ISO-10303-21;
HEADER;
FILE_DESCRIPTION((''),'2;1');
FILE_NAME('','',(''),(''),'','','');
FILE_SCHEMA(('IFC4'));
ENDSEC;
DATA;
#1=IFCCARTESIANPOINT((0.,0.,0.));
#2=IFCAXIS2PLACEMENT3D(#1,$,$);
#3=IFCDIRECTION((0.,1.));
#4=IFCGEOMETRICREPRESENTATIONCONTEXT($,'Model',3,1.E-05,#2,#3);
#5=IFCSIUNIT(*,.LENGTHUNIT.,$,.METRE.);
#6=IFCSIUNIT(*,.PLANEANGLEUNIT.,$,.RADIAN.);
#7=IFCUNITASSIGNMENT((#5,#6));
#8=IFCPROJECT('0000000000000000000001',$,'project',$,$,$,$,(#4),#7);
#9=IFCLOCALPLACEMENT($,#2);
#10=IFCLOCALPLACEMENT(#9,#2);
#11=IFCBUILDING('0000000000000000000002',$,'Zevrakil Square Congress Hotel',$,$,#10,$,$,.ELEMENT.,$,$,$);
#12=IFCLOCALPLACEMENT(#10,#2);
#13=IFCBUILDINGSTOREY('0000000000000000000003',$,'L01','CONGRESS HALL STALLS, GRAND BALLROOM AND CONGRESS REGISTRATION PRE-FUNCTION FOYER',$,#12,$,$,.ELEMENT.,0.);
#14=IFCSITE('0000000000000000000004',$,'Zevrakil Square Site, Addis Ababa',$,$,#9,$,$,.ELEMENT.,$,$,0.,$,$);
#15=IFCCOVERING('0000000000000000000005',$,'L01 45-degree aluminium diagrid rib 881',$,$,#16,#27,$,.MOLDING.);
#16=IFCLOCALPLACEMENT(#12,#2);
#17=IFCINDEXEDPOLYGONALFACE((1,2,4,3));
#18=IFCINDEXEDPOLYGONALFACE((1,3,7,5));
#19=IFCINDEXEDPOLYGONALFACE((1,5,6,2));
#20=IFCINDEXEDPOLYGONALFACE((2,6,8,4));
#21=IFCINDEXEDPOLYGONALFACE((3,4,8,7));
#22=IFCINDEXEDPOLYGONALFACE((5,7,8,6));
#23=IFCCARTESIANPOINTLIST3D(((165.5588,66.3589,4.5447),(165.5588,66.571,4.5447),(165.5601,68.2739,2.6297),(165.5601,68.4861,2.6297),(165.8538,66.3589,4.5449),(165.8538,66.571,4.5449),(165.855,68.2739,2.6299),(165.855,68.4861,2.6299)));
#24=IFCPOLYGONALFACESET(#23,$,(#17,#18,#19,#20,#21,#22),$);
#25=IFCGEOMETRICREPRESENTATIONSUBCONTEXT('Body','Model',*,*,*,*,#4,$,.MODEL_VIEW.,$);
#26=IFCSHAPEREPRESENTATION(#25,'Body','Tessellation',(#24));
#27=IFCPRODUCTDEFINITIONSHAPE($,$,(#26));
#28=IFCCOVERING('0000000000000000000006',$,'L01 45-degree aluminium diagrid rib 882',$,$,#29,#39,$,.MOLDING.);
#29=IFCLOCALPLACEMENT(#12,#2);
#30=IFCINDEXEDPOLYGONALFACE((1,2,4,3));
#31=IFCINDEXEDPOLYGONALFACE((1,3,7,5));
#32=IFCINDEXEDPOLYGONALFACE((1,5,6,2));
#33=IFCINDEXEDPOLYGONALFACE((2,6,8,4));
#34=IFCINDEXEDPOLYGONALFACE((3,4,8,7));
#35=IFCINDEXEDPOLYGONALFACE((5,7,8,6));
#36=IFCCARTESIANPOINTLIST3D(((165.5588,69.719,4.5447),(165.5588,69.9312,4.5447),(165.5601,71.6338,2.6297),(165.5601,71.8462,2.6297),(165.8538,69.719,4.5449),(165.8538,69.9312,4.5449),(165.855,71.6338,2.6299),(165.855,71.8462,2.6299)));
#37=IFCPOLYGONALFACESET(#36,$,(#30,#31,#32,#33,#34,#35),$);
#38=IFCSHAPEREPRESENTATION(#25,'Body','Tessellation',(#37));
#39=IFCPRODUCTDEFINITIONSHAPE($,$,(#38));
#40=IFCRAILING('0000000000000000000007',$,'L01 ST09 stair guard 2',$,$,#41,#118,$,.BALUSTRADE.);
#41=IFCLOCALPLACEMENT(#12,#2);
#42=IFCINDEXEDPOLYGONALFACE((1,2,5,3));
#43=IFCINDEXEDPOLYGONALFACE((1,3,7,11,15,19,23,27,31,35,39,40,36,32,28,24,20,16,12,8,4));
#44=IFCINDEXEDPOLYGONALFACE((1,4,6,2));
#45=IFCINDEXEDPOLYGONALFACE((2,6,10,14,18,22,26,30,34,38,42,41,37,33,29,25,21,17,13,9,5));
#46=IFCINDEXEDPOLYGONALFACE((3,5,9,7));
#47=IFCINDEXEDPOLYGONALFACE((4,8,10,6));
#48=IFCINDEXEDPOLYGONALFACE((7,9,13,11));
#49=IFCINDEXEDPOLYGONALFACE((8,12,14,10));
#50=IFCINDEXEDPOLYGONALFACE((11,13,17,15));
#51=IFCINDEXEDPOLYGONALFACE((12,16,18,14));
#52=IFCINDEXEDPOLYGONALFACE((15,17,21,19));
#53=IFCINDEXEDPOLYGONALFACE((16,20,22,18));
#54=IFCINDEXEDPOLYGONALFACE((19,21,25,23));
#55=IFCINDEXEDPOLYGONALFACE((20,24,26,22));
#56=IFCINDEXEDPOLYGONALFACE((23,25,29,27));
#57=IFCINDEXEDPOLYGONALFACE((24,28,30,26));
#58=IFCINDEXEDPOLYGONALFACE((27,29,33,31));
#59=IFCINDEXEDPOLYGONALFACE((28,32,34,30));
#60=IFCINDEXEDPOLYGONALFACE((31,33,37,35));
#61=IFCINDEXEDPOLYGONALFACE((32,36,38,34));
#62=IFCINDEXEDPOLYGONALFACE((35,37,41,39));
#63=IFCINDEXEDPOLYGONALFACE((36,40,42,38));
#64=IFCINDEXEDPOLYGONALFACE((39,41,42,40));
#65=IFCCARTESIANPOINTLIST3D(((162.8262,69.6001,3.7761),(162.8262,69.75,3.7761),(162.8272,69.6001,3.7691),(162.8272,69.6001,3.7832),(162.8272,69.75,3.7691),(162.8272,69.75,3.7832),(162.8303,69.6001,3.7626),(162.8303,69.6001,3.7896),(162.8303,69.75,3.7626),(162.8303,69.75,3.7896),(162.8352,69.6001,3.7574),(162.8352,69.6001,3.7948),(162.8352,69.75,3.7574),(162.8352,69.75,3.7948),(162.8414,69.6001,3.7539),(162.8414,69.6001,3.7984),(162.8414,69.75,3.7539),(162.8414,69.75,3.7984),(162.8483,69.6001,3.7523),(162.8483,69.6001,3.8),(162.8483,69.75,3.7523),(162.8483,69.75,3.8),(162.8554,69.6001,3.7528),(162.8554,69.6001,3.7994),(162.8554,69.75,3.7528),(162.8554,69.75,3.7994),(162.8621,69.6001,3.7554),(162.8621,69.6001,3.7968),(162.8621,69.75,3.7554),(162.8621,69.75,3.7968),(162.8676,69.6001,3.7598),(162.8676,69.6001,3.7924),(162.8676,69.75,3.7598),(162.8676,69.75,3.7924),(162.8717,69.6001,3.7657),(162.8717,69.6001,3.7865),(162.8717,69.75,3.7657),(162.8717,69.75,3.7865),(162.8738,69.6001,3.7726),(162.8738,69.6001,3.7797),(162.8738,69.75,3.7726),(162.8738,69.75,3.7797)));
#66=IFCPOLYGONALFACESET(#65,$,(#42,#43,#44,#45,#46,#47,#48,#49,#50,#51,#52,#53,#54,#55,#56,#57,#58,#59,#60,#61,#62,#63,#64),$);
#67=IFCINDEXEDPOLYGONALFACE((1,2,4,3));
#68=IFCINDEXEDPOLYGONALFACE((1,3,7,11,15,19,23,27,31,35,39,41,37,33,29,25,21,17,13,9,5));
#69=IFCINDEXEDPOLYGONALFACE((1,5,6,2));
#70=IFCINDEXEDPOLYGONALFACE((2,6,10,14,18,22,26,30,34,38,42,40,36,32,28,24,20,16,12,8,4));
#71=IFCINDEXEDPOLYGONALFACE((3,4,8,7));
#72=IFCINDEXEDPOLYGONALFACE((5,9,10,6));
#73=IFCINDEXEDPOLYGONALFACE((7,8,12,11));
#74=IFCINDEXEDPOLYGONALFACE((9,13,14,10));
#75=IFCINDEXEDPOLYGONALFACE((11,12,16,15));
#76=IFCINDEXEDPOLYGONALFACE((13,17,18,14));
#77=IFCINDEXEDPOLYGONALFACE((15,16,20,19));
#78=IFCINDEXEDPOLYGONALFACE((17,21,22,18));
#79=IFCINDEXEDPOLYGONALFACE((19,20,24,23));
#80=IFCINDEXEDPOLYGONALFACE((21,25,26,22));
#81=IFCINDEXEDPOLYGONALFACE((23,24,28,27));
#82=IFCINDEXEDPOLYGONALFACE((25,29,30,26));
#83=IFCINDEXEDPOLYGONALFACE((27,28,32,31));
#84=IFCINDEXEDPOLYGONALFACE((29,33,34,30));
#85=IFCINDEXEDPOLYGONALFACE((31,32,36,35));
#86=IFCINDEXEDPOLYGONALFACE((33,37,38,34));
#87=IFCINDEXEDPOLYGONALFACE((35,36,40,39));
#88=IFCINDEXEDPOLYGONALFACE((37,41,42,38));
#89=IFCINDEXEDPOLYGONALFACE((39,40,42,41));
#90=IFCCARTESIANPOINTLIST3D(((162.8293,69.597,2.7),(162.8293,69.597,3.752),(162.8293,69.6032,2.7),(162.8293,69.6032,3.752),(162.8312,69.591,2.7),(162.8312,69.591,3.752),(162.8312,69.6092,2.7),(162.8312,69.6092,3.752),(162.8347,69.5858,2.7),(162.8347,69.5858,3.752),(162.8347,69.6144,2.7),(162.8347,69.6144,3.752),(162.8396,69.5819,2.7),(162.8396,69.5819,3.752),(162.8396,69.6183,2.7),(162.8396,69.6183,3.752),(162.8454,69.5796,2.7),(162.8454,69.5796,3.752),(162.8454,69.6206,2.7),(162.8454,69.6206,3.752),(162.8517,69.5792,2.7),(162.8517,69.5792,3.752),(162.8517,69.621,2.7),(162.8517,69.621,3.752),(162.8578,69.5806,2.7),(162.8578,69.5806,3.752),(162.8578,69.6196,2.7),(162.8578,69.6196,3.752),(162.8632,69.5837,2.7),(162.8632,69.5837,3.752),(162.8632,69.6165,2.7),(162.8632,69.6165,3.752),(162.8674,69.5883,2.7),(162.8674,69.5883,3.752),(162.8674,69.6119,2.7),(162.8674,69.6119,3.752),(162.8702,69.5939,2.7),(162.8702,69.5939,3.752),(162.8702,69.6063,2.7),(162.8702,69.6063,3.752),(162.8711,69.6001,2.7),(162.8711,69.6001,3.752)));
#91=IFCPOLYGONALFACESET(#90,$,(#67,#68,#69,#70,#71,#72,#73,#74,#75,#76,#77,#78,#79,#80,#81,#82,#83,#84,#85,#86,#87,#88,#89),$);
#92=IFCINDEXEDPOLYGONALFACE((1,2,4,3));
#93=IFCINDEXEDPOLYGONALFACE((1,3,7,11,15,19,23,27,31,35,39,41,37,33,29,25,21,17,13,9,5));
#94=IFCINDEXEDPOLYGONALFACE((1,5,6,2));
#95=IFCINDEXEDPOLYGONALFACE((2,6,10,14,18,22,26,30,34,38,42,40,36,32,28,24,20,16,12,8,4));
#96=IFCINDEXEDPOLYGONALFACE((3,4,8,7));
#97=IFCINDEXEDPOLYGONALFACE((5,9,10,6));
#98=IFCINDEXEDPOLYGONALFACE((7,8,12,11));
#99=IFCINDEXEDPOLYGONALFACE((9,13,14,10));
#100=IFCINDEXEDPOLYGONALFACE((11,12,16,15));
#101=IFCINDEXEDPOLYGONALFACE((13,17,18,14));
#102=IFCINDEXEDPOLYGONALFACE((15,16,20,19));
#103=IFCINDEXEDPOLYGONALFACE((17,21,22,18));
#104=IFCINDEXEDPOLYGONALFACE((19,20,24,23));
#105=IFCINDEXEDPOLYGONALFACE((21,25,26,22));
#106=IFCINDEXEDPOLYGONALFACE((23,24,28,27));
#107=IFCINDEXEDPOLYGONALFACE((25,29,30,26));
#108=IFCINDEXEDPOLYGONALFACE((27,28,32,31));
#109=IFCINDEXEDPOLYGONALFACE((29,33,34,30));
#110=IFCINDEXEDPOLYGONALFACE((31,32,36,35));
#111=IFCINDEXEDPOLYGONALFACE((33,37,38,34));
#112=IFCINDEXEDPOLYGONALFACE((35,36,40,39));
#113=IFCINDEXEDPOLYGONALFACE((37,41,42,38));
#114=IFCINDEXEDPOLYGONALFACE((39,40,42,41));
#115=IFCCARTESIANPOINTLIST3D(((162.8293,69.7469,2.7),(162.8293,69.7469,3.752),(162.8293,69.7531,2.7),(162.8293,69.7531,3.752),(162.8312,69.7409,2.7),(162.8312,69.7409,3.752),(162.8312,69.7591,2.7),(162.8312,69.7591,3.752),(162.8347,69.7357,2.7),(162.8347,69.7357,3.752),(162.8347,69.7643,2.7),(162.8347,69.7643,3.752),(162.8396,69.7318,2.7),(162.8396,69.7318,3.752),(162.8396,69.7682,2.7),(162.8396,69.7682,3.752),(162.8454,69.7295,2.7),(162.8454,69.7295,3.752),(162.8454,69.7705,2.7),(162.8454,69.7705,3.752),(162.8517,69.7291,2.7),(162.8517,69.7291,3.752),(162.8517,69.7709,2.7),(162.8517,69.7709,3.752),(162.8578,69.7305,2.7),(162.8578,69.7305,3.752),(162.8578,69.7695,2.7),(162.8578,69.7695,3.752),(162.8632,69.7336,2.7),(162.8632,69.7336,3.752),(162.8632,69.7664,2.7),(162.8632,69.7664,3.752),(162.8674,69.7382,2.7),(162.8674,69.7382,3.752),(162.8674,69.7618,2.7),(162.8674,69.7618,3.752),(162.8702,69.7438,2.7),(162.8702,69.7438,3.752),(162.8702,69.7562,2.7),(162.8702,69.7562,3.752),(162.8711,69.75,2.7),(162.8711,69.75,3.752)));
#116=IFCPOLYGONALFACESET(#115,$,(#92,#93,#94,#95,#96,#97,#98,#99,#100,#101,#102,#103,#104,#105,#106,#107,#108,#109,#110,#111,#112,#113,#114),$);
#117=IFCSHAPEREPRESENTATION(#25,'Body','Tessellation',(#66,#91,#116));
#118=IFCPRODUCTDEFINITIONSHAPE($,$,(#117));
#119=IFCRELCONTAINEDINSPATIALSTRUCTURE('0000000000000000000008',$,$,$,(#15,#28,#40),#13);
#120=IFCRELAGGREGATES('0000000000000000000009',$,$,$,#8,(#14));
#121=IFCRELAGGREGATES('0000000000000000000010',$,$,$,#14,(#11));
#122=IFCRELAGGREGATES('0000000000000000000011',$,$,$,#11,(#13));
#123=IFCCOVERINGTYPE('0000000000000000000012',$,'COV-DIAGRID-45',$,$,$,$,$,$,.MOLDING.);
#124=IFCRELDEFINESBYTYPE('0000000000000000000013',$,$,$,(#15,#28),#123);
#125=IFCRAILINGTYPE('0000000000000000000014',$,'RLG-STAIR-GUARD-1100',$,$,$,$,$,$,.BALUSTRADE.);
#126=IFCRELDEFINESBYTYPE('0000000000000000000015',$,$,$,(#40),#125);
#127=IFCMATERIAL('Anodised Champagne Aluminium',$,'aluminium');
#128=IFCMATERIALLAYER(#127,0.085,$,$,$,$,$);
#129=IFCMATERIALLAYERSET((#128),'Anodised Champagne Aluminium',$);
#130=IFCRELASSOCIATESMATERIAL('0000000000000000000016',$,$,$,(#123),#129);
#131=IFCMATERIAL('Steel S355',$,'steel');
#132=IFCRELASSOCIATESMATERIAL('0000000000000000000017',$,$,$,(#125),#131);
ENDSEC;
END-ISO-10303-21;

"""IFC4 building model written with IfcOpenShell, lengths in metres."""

from ifc_helpers import new_model, si_unit, direction, frame, origin, origin_2d, place, context, subcontext, project, spatial, polyline, circle, outline, extrude, material, layer, layer_set, type_object, element, save


model = new_model("IFC4")

# Units and contexts
model_context = context("Model", 3, precision=1e-05, world=origin(), true_north=direction((0.0, 1.0)))
body_context = subcontext(model_context, "Body", "Model", "MODEL_VIEW")
ifc_project = project(units=[si_unit("LENGTHUNIT", "METRE"), si_unit("PLANEANGLEUNIT", "RADIAN")], contexts=[model_context])

# Site, building, storey
site_placement = place(None, origin())
site = spatial("IfcSite", under=ifc_project, at=site_placement, Name="Zevrakil Square Site, Addis Ababa", CompositionType="ELEMENT", RefElevation=0.0)
building_placement = place(site_placement, origin())
building = spatial("IfcBuilding", under=site, at=building_placement, Name="Zevrakil Square Congress Hotel", CompositionType="ELEMENT")
storey_placement = place(building_placement, origin())
storey = spatial("IfcBuildingStorey", under=building, at=storey_placement, Name="L01", Description="CONGRESS HALL STALLS, GRAND BALLROOM AND CONGRESS REGISTRATION PRE-FUNCTION FOYER", CompositionType="ELEMENT", Elevation=0.0)

# Coverings
ifc_material_1 = material(Name="Anodised Champagne Aluminium", Category="aluminium")
ifc_layer_1 = layer(ifc_material_1, 0.085)
ifc_layer_set_1 = layer_set([ifc_layer_1], Name="Anodised Champagne Aluminium")
covering_type_1 = type_object("IfcCoveringType", Name="COV-DIAGRID-45", PredefinedType="MOLDING", material=ifc_layer_set_1)
covering_1_placement = place(storey_placement, frame((165.8538, 66.3589, 4.5449), z_axis=(1.0, 0.0, 0.000637), x_axis=(0.0, 1.0, 0.0)))
element("IfcCovering", 1, at=covering_1_placement, inside=storey, type_object=covering_type_1, Name="L01 45-degree aluminium diagrid rib 881", PredefinedType="MOLDING", context=body_context, shape_type="SweptSolid", body=[
    extrude(outline(polyline([(0.0, 0.0), (0.2122, 0.0), (2.1272, -1.915), (1.915, -1.915), (0.0, 0.0)])), origin(), (0.0, 0.0, -1.0), 0.2949),
])
covering_2_placement = place(storey_placement, frame((165.8538, 69.719, 4.5449), z_axis=(1.0, 0.0, 0.000637), x_axis=(0.0, 1.0, 0.0)))
element("IfcCovering", 2, at=covering_2_placement, inside=storey, type_object=covering_type_1, Name="L01 45-degree aluminium diagrid rib 882", PredefinedType="MOLDING", context=body_context, shape_type="SweptSolid", body=[
    extrude(outline(polyline([(0.0, 0.0), (0.2122, 0.0), (2.1272, -1.915), (1.9148, -1.915), (0.0, 0.0)])), origin(), (0.0, 0.0, -1.0), 0.2949),
])

# Railing
ifc_material_2 = material(Name="Steel S355", Category="steel")
railing_type_1 = type_object("IfcRailingType", Name="RLG-STAIR-GUARD-1100", PredefinedType="BALUSTRADE", material=ifc_material_2)
railing_1_placement = place(storey_placement, frame((162.8501, 69.6001, 2.7)))
element("IfcRailing", 3, at=railing_1_placement, inside=storey, type_object=railing_type_1, Name="L01 ST09 stair guard 2", PredefinedType="BALUSTRADE", context=body_context, shape_type="SweptSolid", body=[
    extrude(circle(Radius=0.0239, at=origin_2d()), frame((0.0, 0.0, 1.0762), z_axis=(0.0, 1.0, 0.0), x_axis=(-1.0, 0.0, 0.0)), (0.0, 0.0, 1.0), 0.1499),
    extrude(circle(Radius=0.021, at=origin_2d()), origin(), (0.0, 0.0, 1.0), 1.052),
    extrude(circle(Radius=0.021, at=origin_2d()), frame((0.0, 0.1499, 0.0)), (0.0, 0.0, 1.0), 1.052),
])

save(model, "model.ifc")
